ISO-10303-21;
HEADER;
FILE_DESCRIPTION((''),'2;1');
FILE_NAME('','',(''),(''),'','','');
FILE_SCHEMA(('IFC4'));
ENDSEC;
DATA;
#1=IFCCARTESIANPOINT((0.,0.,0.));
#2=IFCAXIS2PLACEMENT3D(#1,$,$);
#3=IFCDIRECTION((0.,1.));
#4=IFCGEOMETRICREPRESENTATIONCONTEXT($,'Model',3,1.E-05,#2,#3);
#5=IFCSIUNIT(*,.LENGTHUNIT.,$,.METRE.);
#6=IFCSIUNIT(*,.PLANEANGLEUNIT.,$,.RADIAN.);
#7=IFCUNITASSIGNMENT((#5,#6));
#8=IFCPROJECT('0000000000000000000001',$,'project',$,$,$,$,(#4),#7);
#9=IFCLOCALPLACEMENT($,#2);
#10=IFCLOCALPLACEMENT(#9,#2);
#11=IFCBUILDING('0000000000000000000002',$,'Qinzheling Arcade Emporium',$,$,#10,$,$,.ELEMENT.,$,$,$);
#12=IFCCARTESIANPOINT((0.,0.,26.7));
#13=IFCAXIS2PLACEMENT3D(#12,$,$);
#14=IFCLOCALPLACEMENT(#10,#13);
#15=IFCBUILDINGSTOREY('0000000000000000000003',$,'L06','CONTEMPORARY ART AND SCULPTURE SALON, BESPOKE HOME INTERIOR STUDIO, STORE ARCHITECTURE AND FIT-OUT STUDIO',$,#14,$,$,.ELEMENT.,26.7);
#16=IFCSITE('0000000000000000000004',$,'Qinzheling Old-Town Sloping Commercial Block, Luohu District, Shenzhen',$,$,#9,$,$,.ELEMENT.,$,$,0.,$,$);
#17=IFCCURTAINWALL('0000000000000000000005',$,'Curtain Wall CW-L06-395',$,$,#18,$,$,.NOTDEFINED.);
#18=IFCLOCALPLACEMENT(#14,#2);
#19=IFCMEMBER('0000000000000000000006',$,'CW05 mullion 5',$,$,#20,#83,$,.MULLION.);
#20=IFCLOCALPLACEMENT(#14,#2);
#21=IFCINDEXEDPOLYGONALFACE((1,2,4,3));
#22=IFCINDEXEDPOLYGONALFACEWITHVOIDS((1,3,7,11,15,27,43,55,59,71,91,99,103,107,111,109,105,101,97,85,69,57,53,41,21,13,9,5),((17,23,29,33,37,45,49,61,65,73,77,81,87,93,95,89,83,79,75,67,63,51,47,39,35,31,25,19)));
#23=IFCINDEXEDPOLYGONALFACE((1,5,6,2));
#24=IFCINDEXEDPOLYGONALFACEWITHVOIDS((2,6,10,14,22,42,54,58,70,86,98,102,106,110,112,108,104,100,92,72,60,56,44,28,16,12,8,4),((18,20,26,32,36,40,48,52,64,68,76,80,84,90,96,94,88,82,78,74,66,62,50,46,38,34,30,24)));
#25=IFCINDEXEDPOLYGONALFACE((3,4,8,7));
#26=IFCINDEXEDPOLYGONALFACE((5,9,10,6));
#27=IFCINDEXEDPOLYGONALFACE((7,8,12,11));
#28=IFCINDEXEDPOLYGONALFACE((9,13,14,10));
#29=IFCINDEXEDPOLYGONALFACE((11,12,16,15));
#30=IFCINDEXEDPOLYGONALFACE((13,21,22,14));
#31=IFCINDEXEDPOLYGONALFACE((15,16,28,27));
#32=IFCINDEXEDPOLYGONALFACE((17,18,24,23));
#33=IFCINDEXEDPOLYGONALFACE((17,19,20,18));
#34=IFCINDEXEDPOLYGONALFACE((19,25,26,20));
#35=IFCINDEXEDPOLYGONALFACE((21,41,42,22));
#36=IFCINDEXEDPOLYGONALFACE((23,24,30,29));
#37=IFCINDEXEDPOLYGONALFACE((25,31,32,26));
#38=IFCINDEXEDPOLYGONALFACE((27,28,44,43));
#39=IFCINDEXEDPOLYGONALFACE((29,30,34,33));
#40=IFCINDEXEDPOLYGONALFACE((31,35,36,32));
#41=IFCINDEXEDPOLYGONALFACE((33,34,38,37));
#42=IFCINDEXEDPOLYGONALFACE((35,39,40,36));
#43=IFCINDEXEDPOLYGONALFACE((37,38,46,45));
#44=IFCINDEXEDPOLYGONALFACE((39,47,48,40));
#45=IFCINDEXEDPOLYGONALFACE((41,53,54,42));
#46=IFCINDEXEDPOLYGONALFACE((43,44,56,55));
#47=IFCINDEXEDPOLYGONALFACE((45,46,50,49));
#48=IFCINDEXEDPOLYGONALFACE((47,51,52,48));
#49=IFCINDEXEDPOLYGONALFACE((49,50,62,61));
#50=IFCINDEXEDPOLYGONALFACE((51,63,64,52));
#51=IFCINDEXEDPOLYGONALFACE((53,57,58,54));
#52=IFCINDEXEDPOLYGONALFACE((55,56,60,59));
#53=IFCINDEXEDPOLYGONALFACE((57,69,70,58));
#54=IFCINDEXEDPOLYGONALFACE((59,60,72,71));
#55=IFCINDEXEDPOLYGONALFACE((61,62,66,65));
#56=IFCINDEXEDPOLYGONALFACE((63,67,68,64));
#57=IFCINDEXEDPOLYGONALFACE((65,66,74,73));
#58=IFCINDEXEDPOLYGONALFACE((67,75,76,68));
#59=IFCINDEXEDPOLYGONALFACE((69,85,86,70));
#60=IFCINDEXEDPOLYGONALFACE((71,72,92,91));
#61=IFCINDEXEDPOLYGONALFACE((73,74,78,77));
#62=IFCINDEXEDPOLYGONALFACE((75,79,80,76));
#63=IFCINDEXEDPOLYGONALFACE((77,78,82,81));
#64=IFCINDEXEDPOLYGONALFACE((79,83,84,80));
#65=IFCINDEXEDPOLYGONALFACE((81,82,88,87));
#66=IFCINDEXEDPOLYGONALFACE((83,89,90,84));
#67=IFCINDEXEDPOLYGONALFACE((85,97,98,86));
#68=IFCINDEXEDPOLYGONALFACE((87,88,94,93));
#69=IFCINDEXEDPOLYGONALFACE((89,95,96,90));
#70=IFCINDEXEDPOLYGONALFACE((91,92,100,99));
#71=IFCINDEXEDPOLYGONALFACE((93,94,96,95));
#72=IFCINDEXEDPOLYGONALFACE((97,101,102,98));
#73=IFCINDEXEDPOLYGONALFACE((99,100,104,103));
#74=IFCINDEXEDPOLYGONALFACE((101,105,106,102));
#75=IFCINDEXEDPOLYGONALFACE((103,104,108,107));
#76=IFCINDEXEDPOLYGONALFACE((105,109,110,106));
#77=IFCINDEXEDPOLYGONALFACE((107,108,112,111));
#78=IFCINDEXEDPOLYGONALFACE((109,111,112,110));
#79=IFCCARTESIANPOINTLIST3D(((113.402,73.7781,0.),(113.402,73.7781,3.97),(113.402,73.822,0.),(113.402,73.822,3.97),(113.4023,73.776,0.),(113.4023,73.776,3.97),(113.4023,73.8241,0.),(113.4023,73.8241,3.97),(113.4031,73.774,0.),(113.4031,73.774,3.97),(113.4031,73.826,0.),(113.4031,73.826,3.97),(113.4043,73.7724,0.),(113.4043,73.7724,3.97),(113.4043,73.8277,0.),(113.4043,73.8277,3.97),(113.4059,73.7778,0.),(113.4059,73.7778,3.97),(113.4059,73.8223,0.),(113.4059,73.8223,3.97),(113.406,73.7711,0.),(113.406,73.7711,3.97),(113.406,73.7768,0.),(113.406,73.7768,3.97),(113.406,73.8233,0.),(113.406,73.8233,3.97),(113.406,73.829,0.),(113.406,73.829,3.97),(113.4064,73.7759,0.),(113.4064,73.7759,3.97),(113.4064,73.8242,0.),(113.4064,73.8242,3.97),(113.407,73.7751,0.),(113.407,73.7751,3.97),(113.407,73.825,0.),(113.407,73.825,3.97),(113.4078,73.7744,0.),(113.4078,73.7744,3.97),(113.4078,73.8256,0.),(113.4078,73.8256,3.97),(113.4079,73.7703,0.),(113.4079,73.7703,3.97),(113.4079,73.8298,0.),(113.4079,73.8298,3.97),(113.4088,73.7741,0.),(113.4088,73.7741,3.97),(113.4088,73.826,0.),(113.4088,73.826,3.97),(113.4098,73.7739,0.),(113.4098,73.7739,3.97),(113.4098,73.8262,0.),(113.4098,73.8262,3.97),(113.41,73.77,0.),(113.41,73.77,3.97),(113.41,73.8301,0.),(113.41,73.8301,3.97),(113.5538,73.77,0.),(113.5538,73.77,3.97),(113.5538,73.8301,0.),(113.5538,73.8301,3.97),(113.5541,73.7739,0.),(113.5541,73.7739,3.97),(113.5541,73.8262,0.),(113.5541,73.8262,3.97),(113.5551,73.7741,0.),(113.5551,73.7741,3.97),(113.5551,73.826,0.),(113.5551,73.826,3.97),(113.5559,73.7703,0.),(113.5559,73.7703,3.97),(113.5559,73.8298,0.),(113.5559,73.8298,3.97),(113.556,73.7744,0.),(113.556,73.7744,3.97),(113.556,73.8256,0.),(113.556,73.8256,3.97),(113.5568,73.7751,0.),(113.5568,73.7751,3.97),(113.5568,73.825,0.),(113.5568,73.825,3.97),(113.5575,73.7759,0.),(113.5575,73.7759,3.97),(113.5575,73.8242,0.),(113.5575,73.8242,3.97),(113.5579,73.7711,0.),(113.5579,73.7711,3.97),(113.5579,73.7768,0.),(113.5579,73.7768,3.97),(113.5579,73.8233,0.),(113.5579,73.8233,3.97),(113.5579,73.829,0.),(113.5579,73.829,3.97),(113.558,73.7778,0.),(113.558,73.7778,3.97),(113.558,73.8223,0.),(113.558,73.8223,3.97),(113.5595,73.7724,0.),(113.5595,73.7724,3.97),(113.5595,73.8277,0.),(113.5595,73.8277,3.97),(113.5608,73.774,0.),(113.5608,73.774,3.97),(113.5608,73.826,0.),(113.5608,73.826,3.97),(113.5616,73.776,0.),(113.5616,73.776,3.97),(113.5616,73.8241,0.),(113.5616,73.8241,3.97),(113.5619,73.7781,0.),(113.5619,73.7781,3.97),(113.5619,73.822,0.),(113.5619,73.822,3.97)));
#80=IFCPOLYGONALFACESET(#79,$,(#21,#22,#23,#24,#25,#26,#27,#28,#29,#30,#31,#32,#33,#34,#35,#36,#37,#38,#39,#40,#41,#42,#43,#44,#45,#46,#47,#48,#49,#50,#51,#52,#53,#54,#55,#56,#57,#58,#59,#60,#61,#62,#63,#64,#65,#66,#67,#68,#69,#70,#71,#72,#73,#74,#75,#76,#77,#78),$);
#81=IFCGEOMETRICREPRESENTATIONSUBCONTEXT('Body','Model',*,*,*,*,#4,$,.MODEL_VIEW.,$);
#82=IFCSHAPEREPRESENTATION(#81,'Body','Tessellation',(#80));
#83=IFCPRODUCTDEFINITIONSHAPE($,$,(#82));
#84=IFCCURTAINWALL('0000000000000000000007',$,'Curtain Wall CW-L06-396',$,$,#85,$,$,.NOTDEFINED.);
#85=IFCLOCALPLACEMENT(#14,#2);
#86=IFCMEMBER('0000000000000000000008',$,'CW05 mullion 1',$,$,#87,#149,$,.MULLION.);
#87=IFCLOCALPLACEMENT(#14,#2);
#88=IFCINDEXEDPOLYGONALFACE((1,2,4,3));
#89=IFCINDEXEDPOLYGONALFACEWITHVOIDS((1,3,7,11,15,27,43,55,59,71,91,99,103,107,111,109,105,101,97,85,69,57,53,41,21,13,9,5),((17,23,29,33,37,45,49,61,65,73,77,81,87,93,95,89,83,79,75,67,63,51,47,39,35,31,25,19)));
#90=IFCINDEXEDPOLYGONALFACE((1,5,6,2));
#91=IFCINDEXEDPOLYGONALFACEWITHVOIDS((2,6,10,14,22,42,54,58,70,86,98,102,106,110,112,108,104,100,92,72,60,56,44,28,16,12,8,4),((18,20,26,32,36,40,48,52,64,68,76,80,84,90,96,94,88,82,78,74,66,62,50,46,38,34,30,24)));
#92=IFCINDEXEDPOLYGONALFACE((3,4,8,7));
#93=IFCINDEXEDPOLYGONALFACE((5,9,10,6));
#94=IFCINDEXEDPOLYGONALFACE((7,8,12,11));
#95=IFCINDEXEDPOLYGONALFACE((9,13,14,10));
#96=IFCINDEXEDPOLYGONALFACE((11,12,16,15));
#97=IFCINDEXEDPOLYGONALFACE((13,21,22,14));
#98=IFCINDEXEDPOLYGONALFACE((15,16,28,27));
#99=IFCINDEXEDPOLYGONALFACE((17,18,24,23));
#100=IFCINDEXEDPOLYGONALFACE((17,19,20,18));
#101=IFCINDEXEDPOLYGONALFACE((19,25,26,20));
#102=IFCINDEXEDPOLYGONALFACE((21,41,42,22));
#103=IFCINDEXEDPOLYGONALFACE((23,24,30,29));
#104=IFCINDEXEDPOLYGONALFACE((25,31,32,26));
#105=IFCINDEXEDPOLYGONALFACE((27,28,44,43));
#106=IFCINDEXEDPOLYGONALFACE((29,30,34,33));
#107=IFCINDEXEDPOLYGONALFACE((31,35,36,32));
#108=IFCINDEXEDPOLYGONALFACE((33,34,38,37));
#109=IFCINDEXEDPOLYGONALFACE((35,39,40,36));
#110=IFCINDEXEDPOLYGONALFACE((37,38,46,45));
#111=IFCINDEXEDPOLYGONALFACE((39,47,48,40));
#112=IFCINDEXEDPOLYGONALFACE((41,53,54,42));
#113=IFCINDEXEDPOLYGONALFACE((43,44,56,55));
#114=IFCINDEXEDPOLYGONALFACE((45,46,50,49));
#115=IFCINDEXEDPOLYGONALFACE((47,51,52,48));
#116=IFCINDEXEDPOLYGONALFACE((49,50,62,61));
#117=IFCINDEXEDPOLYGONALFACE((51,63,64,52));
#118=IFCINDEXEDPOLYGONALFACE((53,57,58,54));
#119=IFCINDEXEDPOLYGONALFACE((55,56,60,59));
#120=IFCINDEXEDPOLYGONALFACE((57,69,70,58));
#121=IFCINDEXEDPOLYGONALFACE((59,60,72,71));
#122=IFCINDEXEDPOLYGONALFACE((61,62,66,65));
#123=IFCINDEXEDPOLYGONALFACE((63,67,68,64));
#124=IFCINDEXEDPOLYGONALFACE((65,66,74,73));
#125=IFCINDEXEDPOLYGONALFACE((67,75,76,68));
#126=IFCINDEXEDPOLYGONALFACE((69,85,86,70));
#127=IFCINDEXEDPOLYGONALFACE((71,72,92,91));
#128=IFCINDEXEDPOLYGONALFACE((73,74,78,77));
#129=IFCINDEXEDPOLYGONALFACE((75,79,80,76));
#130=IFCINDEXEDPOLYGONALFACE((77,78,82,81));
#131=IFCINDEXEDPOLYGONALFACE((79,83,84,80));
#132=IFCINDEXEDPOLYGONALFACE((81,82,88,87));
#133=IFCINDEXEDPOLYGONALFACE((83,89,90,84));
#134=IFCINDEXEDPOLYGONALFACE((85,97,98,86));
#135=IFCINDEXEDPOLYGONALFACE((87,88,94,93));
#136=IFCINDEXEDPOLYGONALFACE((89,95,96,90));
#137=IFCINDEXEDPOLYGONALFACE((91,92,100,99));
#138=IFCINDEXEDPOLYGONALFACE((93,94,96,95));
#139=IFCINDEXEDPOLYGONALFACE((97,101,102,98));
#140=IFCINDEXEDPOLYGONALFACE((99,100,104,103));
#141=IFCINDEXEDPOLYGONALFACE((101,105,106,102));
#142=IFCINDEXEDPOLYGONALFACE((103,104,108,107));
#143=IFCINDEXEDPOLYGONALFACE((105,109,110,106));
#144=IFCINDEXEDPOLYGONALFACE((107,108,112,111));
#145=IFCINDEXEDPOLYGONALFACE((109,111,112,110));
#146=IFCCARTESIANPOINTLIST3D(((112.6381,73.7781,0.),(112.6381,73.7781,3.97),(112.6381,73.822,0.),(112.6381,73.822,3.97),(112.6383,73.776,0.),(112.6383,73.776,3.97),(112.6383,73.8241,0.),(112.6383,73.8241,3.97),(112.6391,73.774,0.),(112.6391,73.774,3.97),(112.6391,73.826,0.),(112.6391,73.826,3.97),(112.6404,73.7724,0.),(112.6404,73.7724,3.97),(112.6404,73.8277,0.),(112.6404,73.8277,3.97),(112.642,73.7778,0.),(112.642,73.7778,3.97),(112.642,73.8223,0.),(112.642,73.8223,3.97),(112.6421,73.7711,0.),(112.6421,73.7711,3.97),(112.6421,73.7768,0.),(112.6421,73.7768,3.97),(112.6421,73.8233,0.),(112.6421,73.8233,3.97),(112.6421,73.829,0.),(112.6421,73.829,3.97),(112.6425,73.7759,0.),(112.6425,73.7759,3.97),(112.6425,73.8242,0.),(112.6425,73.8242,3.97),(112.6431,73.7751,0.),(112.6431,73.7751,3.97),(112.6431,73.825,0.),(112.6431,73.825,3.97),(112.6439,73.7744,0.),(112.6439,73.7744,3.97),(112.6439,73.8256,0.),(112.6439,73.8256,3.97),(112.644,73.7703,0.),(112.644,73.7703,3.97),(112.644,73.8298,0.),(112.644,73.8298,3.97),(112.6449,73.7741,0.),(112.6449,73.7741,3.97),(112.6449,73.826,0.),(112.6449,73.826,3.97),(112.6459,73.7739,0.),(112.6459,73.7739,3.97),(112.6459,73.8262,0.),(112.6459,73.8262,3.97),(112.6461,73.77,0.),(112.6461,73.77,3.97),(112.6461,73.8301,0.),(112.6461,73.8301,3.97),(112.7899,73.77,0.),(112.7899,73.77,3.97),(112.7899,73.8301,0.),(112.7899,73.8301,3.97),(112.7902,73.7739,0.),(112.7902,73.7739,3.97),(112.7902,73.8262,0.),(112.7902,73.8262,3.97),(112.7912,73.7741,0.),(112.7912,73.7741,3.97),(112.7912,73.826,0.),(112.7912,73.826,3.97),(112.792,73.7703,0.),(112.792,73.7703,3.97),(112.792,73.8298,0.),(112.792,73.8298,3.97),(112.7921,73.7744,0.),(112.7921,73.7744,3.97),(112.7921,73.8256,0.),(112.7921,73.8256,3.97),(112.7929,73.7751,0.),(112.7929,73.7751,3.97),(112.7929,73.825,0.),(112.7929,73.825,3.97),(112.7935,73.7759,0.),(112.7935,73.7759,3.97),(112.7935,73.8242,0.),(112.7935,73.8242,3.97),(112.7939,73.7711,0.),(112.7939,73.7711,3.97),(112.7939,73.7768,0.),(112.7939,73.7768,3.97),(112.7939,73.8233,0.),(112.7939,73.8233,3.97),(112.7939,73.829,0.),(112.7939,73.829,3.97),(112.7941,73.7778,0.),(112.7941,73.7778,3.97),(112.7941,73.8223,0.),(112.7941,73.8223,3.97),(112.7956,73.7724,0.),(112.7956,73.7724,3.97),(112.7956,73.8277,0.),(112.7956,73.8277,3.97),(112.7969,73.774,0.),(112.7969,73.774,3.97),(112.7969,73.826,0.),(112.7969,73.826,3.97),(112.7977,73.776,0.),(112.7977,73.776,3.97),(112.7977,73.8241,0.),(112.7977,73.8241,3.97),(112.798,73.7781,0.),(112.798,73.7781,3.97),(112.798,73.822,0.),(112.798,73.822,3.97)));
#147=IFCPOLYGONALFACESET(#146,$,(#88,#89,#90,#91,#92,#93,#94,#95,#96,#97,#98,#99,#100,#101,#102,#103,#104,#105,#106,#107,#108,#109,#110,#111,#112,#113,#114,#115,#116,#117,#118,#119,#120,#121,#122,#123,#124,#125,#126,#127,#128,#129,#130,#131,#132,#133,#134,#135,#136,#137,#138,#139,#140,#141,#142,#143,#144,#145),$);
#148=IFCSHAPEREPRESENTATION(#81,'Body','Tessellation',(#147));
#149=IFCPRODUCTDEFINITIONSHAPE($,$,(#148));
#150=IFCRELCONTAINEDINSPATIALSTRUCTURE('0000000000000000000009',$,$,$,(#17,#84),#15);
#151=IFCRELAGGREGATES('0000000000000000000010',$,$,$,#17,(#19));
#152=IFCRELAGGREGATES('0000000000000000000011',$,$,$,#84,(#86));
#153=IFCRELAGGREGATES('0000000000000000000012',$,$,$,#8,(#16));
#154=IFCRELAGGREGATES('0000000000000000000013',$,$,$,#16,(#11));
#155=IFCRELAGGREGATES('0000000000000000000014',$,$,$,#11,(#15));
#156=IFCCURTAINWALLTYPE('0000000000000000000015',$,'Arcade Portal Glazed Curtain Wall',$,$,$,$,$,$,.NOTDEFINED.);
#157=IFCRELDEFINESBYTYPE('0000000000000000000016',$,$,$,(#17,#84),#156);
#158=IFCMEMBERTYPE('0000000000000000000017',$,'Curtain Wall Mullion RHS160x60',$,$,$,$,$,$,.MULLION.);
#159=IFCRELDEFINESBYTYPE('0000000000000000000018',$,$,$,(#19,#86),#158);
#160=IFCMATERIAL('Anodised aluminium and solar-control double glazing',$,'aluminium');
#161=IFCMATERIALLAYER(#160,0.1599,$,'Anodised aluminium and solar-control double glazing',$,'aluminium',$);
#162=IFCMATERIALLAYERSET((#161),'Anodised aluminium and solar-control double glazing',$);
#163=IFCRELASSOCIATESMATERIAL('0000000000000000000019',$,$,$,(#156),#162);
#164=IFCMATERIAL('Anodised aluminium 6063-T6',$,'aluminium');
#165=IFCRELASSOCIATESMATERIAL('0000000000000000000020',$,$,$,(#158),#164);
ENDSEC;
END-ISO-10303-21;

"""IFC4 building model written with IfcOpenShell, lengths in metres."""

from ifc_helpers import new_model, si_unit, direction, frame, origin, origin_2d, place, context, subcontext, project, spatial, hollow_rectangle, extrude, material, layer, layer_set, material_profile, profile_set, type_object, element, aggregate, save


model = new_model("IFC4")

# Units and contexts
model_context = context("Model", 3, precision=1e-05, world=origin(), true_north=direction((0.0, 1.0)))
body_context = subcontext(model_context, "Body", "Model", "MODEL_VIEW")
ifc_project = project(units=[si_unit("LENGTHUNIT", "METRE"), si_unit("PLANEANGLEUNIT", "RADIAN")], contexts=[model_context])

# Site, building, storey
site_placement = place(None, origin())
site = spatial("IfcSite", under=ifc_project, at=site_placement, Name="Qinzheling Old-Town Sloping Commercial Block, Luohu District, Shenzhen", CompositionType="ELEMENT", RefElevation=0.0)
building_placement = place(site_placement, origin())
building = spatial("IfcBuilding", under=site, at=building_placement, Name="Qinzheling Arcade Emporium", CompositionType="ELEMENT")
storey_placement = place(building_placement, frame((0.0, 0.0, 26.7)))
storey = spatial("IfcBuildingStorey", under=building, at=storey_placement, Name="L06", Description="CONTEMPORARY ART AND SCULPTURE SALON, BESPOKE HOME INTERIOR STUDIO, STORE ARCHITECTURE AND FIT-OUT STUDIO", CompositionType="ELEMENT", Elevation=26.7)

# Curtain wall, member
ifc_material_1 = material(Name="Anodised aluminium and solar-control double glazing", Category="aluminium")
ifc_layer_1 = layer(ifc_material_1, 0.1599, Name="Anodised aluminium and solar-control double glazing", Category="aluminium")
ifc_layer_set_1 = layer_set([ifc_layer_1], Name="Anodised aluminium and solar-control double glazing")
curtain_wall_type = type_object("IfcCurtainWallType", Name="Arcade Portal Glazed Curtain Wall", PredefinedType="NOTDEFINED", material=ifc_layer_set_1)
curtain_wall_1_placement = place(storey_placement, origin())
curtain_wall_1 = element("IfcCurtainWall", 1, at=curtain_wall_1_placement, inside=storey, type_object=curtain_wall_type, Name="Curtain Wall CW-L06-395", PredefinedType="NOTDEFINED")
ifc_material_2 = material(Name="Anodised aluminium 6063-T6", Category="aluminium")
ifc_material_profile_1 = material_profile(ifc_material_2, hollow_rectangle(XDim=0.0601, YDim=0.1599, WallThickness=0.0039, InnerFilletRadius=0.0039, OuterFilletRadius=0.0081, at=origin_2d()), Name="RHS 160x60x4", Category="aluminium")
ifc_profile_set_1 = profile_set([ifc_material_profile_1], Name="Anodised aluminium 6063-T6")
member_type_1 = type_object("IfcMemberType", Name="Curtain Wall Mullion RHS160x60", PredefinedType="MULLION", material=ifc_profile_set_1)
member_1_placement = place(storey_placement, frame((113.4819, 73.8, 0.0), z_axis=(0.0, 0.0, 1.0), x_axis=(0.0, -1.0, 0.0)))
member_1 = element("IfcMember", 2, at=member_1_placement, type_object=member_type_1, Name="CW05 mullion 5", PredefinedType="MULLION", context=body_context, shape_type="SweptSolid", body=[
    extrude(hollow_rectangle(XDim=0.0601, YDim=0.1599, WallThickness=0.0039, InnerFilletRadius=0.0039, OuterFilletRadius=0.0081, at=origin_2d()), origin(), (0.0, 0.0, 1.0), 3.97),
])

# Curtain wall, member
curtain_wall_2_placement = place(storey_placement, origin())
curtain_wall_2 = element("IfcCurtainWall", 3, at=curtain_wall_2_placement, inside=storey, type_object=curtain_wall_type, Name="Curtain Wall CW-L06-396", PredefinedType="NOTDEFINED")
member_2_placement = place(storey_placement, frame((112.718, 73.8, 0.0), z_axis=(0.0, 0.0, 1.0), x_axis=(0.0, -1.0, 0.0)))
member_2 = element("IfcMember", 4, at=member_2_placement, type_object=member_type_1, Name="CW05 mullion 1", PredefinedType="MULLION", context=body_context, shape_type="SweptSolid", body=[
    extrude(hollow_rectangle(XDim=0.0601, YDim=0.1599, WallThickness=0.0039, InnerFilletRadius=0.0039, OuterFilletRadius=0.0081, at=origin_2d()), origin(), (0.0, 0.0, 1.0), 3.97),
])

aggregate(curtain_wall_1, [member_1])
aggregate(curtain_wall_2, [member_2])

save(model, "model.ifc")
